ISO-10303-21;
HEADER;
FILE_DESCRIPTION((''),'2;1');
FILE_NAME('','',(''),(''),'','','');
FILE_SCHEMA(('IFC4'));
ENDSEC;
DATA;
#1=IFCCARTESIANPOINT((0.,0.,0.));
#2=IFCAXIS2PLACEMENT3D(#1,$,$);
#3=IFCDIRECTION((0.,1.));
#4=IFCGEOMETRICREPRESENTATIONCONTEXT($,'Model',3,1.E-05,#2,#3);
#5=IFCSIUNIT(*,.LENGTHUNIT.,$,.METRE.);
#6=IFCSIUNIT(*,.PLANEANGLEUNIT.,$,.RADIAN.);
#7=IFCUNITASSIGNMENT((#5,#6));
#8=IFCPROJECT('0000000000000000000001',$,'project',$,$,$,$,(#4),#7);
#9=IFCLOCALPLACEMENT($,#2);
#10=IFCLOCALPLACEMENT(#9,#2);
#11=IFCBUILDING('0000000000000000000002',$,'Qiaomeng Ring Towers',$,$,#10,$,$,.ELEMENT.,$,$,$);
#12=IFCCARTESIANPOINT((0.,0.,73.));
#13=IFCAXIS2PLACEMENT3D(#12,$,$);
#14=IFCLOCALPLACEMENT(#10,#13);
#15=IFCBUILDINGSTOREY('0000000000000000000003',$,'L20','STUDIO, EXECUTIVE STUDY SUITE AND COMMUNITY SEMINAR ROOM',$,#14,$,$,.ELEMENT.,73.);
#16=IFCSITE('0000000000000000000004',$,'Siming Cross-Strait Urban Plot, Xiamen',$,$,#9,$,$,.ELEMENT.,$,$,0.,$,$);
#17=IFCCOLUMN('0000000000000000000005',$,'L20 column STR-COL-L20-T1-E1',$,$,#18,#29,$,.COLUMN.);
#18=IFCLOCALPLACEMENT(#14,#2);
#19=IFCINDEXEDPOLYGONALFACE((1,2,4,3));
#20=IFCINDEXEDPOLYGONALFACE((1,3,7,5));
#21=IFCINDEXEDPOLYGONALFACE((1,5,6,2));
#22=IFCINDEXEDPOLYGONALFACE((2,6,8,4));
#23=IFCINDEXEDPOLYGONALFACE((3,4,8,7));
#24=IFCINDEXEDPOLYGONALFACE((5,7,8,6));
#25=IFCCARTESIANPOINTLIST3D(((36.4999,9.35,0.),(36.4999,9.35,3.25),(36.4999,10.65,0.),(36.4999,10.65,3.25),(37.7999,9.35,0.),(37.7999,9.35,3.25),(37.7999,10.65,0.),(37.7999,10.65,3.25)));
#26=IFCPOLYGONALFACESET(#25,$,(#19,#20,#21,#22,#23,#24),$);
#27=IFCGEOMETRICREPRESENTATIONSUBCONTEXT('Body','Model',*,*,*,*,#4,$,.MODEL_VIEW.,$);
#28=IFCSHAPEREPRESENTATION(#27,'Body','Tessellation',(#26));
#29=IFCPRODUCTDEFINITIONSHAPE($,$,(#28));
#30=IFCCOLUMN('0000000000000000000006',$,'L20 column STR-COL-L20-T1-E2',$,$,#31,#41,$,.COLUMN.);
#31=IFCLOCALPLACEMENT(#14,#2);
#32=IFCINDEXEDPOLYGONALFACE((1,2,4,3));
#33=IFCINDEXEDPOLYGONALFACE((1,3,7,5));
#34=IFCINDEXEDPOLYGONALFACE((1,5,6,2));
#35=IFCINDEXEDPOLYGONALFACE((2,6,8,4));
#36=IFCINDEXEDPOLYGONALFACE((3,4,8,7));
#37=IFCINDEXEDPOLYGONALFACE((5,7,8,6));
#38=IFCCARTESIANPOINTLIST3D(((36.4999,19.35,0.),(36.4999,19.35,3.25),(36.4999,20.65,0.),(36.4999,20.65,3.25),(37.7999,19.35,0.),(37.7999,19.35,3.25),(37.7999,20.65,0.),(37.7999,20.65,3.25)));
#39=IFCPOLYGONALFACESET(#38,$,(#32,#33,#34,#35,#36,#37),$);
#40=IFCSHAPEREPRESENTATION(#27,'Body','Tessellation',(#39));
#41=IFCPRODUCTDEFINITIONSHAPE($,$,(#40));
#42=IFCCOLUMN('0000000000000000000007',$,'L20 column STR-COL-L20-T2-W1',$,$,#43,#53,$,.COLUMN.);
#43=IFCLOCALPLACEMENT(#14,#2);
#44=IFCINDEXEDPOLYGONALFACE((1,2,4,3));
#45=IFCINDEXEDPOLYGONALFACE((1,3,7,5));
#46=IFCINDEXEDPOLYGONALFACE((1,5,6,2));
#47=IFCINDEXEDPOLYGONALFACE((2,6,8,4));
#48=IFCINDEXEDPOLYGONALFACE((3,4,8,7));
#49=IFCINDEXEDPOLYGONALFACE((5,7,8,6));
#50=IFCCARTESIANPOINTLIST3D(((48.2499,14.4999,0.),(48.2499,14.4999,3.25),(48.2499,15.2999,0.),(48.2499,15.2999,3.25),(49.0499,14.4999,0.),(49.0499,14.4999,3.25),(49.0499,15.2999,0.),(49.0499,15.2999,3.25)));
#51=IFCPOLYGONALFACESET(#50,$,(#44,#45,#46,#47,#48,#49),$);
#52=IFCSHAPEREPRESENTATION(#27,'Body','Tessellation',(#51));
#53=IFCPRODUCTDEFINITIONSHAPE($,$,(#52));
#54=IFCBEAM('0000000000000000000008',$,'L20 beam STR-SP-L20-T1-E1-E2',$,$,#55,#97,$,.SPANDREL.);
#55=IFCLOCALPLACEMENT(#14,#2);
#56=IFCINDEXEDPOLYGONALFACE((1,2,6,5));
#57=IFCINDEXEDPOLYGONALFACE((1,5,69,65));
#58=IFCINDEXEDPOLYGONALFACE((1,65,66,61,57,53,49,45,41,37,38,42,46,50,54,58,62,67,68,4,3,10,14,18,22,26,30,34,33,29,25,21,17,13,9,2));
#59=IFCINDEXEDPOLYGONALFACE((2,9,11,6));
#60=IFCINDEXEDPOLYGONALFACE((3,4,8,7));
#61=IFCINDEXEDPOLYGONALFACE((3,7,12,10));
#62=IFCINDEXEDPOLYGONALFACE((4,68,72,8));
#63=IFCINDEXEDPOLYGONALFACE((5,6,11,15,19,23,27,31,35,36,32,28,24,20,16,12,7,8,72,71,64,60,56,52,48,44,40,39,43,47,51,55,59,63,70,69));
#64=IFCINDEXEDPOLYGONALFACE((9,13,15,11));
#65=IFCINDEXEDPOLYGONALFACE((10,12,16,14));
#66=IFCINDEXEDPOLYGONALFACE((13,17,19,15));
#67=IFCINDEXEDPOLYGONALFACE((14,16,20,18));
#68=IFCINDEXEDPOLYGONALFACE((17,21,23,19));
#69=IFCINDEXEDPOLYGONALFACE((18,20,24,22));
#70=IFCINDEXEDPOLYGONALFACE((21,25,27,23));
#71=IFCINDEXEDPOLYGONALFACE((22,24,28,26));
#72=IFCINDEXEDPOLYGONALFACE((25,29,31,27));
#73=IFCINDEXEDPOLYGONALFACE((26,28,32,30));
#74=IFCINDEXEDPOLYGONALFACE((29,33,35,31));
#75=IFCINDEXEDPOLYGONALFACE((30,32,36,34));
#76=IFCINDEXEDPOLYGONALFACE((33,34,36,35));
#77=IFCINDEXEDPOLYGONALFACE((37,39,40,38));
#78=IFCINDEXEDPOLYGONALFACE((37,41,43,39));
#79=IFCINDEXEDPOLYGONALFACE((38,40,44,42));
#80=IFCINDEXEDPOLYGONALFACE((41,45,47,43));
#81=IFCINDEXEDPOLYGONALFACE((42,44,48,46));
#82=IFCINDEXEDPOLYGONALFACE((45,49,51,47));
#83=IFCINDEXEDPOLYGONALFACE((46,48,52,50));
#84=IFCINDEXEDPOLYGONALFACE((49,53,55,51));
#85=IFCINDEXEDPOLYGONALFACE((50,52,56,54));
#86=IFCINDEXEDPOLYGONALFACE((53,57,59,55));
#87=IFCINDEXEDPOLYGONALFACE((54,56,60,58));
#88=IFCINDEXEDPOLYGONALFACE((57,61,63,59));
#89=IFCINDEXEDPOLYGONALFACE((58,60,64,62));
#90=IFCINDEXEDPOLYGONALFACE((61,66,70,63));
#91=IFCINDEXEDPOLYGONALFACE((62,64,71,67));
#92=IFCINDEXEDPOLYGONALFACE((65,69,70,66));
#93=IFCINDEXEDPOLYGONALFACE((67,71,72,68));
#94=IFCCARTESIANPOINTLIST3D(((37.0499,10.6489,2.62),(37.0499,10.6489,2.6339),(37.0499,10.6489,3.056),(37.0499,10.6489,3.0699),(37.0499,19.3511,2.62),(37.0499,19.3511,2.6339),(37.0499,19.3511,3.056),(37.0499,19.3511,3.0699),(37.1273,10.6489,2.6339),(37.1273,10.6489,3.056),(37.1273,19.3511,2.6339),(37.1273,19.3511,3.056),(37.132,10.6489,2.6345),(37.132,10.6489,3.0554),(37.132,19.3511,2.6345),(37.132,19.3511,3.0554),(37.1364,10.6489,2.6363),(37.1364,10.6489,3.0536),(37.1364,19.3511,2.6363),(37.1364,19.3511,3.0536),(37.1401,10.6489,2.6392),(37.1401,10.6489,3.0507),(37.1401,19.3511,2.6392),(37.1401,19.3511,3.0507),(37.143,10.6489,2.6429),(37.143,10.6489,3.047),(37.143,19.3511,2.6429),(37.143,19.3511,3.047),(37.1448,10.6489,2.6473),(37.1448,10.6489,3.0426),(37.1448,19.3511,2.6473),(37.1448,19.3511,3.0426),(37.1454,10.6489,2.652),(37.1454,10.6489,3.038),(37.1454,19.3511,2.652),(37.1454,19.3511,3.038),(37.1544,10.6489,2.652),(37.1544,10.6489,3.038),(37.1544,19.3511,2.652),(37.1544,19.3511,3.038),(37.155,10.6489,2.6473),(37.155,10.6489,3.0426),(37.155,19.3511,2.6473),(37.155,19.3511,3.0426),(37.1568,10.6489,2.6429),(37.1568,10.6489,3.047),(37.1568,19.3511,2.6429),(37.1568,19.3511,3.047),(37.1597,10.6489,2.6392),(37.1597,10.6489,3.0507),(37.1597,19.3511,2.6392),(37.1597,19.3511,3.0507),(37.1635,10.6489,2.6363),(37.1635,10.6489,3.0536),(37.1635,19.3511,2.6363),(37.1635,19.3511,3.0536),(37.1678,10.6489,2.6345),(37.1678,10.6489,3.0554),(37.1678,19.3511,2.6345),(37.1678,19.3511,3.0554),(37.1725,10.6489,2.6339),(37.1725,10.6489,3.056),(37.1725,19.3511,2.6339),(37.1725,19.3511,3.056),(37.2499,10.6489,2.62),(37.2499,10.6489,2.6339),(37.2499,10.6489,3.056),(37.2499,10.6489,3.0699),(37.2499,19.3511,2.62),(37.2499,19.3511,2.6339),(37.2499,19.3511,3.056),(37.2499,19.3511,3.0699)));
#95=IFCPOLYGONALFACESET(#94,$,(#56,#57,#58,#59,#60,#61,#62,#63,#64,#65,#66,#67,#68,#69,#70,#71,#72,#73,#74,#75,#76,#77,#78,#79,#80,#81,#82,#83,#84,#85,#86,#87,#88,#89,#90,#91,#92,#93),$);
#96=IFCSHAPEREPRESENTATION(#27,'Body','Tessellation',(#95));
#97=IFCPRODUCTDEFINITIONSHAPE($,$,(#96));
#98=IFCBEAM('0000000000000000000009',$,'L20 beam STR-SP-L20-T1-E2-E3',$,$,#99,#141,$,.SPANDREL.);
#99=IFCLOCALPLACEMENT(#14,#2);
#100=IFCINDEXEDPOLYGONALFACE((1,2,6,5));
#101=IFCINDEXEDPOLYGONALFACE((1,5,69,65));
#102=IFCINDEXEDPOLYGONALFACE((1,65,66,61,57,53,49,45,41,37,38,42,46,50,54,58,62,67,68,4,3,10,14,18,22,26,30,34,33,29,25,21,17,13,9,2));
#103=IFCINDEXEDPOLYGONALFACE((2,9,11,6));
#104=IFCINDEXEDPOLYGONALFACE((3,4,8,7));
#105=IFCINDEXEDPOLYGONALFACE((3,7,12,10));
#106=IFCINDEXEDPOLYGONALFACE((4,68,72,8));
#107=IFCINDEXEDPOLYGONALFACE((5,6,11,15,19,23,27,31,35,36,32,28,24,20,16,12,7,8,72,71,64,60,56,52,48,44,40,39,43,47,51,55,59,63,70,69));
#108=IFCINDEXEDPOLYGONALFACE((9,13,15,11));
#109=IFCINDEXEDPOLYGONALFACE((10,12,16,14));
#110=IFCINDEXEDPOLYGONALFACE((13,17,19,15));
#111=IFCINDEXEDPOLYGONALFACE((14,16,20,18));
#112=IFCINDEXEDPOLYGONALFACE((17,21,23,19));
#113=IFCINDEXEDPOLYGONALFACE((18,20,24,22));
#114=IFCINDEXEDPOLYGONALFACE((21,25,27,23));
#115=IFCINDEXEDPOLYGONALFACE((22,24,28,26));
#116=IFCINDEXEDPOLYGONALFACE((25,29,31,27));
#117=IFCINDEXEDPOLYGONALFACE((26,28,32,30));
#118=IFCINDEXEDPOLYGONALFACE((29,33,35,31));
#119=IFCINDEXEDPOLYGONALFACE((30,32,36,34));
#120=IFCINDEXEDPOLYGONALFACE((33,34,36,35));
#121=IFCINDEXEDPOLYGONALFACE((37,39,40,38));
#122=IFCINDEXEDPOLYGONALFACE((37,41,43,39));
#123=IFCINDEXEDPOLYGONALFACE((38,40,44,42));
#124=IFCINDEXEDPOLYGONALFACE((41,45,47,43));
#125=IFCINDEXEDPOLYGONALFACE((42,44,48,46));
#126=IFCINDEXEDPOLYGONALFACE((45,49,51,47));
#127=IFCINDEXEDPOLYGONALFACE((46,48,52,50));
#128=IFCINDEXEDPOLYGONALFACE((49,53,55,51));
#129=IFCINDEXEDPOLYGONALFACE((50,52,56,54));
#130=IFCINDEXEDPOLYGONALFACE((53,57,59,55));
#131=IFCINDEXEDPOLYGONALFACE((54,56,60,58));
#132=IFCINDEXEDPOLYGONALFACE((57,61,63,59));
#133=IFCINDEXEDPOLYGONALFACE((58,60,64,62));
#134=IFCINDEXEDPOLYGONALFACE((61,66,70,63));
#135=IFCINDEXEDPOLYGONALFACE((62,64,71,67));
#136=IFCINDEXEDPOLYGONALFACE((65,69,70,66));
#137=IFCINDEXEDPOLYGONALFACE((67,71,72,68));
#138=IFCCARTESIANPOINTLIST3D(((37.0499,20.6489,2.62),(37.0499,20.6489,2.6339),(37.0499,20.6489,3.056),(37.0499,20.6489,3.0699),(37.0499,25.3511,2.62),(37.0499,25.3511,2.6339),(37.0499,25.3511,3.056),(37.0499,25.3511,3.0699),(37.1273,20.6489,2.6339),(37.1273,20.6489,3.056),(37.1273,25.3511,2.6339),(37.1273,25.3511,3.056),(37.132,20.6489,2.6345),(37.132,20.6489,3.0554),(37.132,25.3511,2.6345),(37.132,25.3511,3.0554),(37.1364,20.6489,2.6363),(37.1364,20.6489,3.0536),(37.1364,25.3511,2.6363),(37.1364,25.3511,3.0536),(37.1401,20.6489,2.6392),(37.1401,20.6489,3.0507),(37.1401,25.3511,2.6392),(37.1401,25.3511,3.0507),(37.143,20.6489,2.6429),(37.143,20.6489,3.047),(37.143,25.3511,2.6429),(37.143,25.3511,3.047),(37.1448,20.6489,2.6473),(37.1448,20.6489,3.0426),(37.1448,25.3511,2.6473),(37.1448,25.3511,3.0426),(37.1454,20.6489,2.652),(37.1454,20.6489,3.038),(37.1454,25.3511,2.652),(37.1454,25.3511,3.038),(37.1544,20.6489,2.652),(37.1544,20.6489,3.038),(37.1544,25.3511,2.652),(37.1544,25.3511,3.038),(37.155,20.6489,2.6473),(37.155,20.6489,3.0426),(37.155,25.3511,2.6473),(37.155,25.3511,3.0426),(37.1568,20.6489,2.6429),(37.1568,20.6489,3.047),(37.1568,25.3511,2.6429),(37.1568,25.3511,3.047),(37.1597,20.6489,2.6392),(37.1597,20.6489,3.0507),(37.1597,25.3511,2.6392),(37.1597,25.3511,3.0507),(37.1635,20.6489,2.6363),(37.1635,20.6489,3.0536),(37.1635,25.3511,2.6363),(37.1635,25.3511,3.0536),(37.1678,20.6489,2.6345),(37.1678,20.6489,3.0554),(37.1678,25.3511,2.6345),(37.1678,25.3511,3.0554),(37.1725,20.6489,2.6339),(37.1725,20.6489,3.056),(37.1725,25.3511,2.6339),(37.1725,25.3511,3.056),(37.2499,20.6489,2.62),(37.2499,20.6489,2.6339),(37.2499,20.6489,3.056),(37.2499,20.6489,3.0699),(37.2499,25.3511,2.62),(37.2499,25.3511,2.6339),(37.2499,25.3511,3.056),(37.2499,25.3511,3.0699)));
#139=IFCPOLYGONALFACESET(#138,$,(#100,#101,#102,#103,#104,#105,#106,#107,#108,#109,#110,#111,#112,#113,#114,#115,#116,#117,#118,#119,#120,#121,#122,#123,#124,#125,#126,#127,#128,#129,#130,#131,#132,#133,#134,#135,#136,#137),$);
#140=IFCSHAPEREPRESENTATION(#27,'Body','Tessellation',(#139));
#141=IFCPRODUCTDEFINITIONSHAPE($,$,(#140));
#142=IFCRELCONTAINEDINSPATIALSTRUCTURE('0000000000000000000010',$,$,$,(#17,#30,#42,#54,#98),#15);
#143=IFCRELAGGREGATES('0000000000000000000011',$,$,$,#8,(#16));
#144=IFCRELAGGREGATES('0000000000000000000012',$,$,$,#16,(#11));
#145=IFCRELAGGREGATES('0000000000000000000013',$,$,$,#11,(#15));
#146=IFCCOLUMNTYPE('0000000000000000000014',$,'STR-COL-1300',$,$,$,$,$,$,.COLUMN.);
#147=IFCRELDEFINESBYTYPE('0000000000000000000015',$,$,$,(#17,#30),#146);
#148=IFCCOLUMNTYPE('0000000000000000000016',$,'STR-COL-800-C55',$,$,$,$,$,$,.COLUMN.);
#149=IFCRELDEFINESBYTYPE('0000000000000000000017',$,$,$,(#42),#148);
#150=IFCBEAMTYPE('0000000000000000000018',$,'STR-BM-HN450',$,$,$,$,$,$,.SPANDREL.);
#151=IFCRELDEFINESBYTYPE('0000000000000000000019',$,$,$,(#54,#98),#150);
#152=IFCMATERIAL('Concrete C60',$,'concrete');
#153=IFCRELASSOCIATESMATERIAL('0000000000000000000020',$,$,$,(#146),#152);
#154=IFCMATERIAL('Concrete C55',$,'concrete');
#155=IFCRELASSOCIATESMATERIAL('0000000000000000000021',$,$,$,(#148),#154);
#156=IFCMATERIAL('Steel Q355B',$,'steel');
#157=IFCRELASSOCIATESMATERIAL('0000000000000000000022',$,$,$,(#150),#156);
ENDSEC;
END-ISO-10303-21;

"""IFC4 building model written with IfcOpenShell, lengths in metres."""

from ifc_helpers import new_model, si_unit, direction, frame, origin, origin_2d, place, context, subcontext, project, spatial, rectangle, i_section, extrude, source, transform, mapped, material, material_profile, profile_set, type_object, element, save


model = new_model("IFC4")

# Units and contexts
model_context = context("Model", 3, precision=1e-05, world=origin(), true_north=direction((0.0, 1.0)))
body_context = subcontext(model_context, "Body", "Model", "MODEL_VIEW")
ifc_project = project(units=[si_unit("LENGTHUNIT", "METRE"), si_unit("PLANEANGLEUNIT", "RADIAN")], contexts=[model_context])

# Site, building, storey
site_placement = place(None, origin())
site = spatial("IfcSite", under=ifc_project, at=site_placement, Name="Siming Cross-Strait Urban Plot, Xiamen", CompositionType="ELEMENT", RefElevation=0.0)
building_placement = place(site_placement, origin())
building = spatial("IfcBuilding", under=site, at=building_placement, Name="Qiaomeng Ring Towers", CompositionType="ELEMENT")
storey_placement = place(building_placement, frame((0.0, 0.0, 73.0)))
storey = spatial("IfcBuildingStorey", under=building, at=storey_placement, Name="L20", Description="STUDIO, EXECUTIVE STUDY SUITE AND COMMUNITY SEMINAR ROOM", CompositionType="ELEMENT", Elevation=73.0)

# Columns
ifc_material_1 = material(Name="Concrete C60", Category="concrete")
ifc_material_profile_1 = material_profile(ifc_material_1, rectangle(XDim=1.3, YDim=1.3, at=origin_2d()), Name="RC COL 1300x1300")
ifc_profile_set_1 = profile_set([ifc_material_profile_1], Name="Concrete C60")
column_type_1 = type_object("IfcColumnType", Name="STR-COL-1300", PredefinedType="COLUMN", material=ifc_profile_set_1)
shared_shape_1 = source(origin(), body_context, "Body", "SweptSolid", [
    extrude(rectangle(XDim=1.3, YDim=1.3, at=origin_2d()), origin(), (0.0, 0.0, 1.0), 3.25),
])
for number, where, z_axis, x_axis, name in (
    (1, (37.1499, 10.0, 0.0), (0.0, 0.0, 1.0), (1.0, 0.0, 0.0), "L20 column STR-COL-L20-T1-E1"),
    (2, (37.1499, 20.0, 0.0), (0.0, 0.0, 1.0), (1.0, 0.0, 0.0), "L20 column STR-COL-L20-T1-E2"),
):
    element("IfcColumn", number, at=place(storey_placement, frame(where, z_axis=z_axis, x_axis=x_axis)), inside=storey, type_object=column_type_1, Name=name, PredefinedType="COLUMN", context=body_context, shape_type="MappedRepresentation", body=[
        mapped(shared_shape_1, transform((0.0, 0.0, 0.0), x_axis=(1.0, 0.0, 0.0), y_axis=(0.0, 1.0, 0.0), z_axis=(0.0, 0.0, 1.0), scale=1.0)),
    ])
ifc_material_2 = material(Name="Concrete C55", Category="concrete")
ifc_material_profile_2 = material_profile(ifc_material_2, rectangle(XDim=0.8, YDim=0.8, at=origin_2d()), Name="RC COL 800x800")
ifc_profile_set_2 = profile_set([ifc_material_profile_2], Name="Concrete C55")
column_type_2 = type_object("IfcColumnType", Name="STR-COL-800-C55", PredefinedType="COLUMN", material=ifc_profile_set_2)
shared_shape_2 = source(origin(), body_context, "Body", "SweptSolid", [
    extrude(rectangle(XDim=0.8, YDim=0.8, at=origin_2d()), origin(), (0.0, 0.0, 1.0), 3.25),
])
column_placement = place(storey_placement, frame((48.6499, 14.8999, 0.0), z_axis=(0.0, 0.0, 1.0), x_axis=(1.0, 0.0, 0.0)))
element("IfcColumn", 3, at=column_placement, inside=storey, type_object=column_type_2, Name="L20 column STR-COL-L20-T2-W1", PredefinedType="COLUMN", context=body_context, shape_type="MappedRepresentation", body=[
    mapped(shared_shape_2, transform((0.0, 0.0, 0.0), x_axis=(1.0, 0.0, 0.0), y_axis=(0.0, 1.0, 0.0), z_axis=(0.0, 0.0, 1.0), scale=1.0)),
])

# Beams
ifc_material_3 = material(Name="Steel Q355B", Category="steel")
ifc_material_profile_3 = material_profile(ifc_material_3, i_section(OverallWidth=0.2, OverallDepth=0.45, WebThickness=0.009, FlangeThickness=0.0139, FilletRadius=0.0181, at=origin_2d()), Name="HN 450x200x9x14")
ifc_profile_set_3 = profile_set([ifc_material_profile_3], Name="Steel Q355B")
beam_type_1 = type_object("IfcBeamType", Name="STR-BM-HN450", PredefinedType="SPANDREL", material=ifc_profile_set_3)
shared_shape_3 = source(origin(), body_context, "Body", "SweptSolid", [
    extrude(i_section(OverallWidth=0.2, OverallDepth=0.45, WebThickness=0.009, FlangeThickness=0.0139, FilletRadius=0.0181, at=origin_2d()), origin(), (0.0, 0.0, 1.0), 8.7021),
])
beam_1_placement = place(storey_placement, frame((37.1499, 10.6489, 2.845), z_axis=(0.0, 1.0, 0.0), x_axis=(-1.0, 0.0, 0.0)))
element("IfcBeam", 4, at=beam_1_placement, inside=storey, type_object=beam_type_1, Name="L20 beam STR-SP-L20-T1-E1-E2", PredefinedType="SPANDREL", context=body_context, shape_type="MappedRepresentation", body=[
    mapped(shared_shape_3, transform((0.0, 0.0, 0.0), x_axis=(1.0, 0.0, 0.0), y_axis=(0.0, 1.0, 0.0), z_axis=(0.0, 0.0, 1.0), scale=1.0)),
])
shared_shape_4 = source(origin(), body_context, "Body", "SweptSolid", [
    extrude(i_section(OverallWidth=0.2, OverallDepth=0.45, WebThickness=0.009, FlangeThickness=0.0139, FilletRadius=0.0181, at=origin_2d()), origin(), (0.0, 0.0, 1.0), 4.7021),
])
beam_2_placement = place(storey_placement, frame((37.1499, 20.6489, 2.845), z_axis=(0.0, 1.0, 0.0), x_axis=(-1.0, 0.0, 0.0)))
element("IfcBeam", 5, at=beam_2_placement, inside=storey, type_object=beam_type_1, Name="L20 beam STR-SP-L20-T1-E2-E3", PredefinedType="SPANDREL", context=body_context, shape_type="MappedRepresentation", body=[
    mapped(shared_shape_4, transform((0.0, 0.0, 0.0), x_axis=(1.0, 0.0, 0.0), y_axis=(0.0, 1.0, 0.0), z_axis=(0.0, 0.0, 1.0), scale=1.0)),
])

save(model, "model.ifc")
